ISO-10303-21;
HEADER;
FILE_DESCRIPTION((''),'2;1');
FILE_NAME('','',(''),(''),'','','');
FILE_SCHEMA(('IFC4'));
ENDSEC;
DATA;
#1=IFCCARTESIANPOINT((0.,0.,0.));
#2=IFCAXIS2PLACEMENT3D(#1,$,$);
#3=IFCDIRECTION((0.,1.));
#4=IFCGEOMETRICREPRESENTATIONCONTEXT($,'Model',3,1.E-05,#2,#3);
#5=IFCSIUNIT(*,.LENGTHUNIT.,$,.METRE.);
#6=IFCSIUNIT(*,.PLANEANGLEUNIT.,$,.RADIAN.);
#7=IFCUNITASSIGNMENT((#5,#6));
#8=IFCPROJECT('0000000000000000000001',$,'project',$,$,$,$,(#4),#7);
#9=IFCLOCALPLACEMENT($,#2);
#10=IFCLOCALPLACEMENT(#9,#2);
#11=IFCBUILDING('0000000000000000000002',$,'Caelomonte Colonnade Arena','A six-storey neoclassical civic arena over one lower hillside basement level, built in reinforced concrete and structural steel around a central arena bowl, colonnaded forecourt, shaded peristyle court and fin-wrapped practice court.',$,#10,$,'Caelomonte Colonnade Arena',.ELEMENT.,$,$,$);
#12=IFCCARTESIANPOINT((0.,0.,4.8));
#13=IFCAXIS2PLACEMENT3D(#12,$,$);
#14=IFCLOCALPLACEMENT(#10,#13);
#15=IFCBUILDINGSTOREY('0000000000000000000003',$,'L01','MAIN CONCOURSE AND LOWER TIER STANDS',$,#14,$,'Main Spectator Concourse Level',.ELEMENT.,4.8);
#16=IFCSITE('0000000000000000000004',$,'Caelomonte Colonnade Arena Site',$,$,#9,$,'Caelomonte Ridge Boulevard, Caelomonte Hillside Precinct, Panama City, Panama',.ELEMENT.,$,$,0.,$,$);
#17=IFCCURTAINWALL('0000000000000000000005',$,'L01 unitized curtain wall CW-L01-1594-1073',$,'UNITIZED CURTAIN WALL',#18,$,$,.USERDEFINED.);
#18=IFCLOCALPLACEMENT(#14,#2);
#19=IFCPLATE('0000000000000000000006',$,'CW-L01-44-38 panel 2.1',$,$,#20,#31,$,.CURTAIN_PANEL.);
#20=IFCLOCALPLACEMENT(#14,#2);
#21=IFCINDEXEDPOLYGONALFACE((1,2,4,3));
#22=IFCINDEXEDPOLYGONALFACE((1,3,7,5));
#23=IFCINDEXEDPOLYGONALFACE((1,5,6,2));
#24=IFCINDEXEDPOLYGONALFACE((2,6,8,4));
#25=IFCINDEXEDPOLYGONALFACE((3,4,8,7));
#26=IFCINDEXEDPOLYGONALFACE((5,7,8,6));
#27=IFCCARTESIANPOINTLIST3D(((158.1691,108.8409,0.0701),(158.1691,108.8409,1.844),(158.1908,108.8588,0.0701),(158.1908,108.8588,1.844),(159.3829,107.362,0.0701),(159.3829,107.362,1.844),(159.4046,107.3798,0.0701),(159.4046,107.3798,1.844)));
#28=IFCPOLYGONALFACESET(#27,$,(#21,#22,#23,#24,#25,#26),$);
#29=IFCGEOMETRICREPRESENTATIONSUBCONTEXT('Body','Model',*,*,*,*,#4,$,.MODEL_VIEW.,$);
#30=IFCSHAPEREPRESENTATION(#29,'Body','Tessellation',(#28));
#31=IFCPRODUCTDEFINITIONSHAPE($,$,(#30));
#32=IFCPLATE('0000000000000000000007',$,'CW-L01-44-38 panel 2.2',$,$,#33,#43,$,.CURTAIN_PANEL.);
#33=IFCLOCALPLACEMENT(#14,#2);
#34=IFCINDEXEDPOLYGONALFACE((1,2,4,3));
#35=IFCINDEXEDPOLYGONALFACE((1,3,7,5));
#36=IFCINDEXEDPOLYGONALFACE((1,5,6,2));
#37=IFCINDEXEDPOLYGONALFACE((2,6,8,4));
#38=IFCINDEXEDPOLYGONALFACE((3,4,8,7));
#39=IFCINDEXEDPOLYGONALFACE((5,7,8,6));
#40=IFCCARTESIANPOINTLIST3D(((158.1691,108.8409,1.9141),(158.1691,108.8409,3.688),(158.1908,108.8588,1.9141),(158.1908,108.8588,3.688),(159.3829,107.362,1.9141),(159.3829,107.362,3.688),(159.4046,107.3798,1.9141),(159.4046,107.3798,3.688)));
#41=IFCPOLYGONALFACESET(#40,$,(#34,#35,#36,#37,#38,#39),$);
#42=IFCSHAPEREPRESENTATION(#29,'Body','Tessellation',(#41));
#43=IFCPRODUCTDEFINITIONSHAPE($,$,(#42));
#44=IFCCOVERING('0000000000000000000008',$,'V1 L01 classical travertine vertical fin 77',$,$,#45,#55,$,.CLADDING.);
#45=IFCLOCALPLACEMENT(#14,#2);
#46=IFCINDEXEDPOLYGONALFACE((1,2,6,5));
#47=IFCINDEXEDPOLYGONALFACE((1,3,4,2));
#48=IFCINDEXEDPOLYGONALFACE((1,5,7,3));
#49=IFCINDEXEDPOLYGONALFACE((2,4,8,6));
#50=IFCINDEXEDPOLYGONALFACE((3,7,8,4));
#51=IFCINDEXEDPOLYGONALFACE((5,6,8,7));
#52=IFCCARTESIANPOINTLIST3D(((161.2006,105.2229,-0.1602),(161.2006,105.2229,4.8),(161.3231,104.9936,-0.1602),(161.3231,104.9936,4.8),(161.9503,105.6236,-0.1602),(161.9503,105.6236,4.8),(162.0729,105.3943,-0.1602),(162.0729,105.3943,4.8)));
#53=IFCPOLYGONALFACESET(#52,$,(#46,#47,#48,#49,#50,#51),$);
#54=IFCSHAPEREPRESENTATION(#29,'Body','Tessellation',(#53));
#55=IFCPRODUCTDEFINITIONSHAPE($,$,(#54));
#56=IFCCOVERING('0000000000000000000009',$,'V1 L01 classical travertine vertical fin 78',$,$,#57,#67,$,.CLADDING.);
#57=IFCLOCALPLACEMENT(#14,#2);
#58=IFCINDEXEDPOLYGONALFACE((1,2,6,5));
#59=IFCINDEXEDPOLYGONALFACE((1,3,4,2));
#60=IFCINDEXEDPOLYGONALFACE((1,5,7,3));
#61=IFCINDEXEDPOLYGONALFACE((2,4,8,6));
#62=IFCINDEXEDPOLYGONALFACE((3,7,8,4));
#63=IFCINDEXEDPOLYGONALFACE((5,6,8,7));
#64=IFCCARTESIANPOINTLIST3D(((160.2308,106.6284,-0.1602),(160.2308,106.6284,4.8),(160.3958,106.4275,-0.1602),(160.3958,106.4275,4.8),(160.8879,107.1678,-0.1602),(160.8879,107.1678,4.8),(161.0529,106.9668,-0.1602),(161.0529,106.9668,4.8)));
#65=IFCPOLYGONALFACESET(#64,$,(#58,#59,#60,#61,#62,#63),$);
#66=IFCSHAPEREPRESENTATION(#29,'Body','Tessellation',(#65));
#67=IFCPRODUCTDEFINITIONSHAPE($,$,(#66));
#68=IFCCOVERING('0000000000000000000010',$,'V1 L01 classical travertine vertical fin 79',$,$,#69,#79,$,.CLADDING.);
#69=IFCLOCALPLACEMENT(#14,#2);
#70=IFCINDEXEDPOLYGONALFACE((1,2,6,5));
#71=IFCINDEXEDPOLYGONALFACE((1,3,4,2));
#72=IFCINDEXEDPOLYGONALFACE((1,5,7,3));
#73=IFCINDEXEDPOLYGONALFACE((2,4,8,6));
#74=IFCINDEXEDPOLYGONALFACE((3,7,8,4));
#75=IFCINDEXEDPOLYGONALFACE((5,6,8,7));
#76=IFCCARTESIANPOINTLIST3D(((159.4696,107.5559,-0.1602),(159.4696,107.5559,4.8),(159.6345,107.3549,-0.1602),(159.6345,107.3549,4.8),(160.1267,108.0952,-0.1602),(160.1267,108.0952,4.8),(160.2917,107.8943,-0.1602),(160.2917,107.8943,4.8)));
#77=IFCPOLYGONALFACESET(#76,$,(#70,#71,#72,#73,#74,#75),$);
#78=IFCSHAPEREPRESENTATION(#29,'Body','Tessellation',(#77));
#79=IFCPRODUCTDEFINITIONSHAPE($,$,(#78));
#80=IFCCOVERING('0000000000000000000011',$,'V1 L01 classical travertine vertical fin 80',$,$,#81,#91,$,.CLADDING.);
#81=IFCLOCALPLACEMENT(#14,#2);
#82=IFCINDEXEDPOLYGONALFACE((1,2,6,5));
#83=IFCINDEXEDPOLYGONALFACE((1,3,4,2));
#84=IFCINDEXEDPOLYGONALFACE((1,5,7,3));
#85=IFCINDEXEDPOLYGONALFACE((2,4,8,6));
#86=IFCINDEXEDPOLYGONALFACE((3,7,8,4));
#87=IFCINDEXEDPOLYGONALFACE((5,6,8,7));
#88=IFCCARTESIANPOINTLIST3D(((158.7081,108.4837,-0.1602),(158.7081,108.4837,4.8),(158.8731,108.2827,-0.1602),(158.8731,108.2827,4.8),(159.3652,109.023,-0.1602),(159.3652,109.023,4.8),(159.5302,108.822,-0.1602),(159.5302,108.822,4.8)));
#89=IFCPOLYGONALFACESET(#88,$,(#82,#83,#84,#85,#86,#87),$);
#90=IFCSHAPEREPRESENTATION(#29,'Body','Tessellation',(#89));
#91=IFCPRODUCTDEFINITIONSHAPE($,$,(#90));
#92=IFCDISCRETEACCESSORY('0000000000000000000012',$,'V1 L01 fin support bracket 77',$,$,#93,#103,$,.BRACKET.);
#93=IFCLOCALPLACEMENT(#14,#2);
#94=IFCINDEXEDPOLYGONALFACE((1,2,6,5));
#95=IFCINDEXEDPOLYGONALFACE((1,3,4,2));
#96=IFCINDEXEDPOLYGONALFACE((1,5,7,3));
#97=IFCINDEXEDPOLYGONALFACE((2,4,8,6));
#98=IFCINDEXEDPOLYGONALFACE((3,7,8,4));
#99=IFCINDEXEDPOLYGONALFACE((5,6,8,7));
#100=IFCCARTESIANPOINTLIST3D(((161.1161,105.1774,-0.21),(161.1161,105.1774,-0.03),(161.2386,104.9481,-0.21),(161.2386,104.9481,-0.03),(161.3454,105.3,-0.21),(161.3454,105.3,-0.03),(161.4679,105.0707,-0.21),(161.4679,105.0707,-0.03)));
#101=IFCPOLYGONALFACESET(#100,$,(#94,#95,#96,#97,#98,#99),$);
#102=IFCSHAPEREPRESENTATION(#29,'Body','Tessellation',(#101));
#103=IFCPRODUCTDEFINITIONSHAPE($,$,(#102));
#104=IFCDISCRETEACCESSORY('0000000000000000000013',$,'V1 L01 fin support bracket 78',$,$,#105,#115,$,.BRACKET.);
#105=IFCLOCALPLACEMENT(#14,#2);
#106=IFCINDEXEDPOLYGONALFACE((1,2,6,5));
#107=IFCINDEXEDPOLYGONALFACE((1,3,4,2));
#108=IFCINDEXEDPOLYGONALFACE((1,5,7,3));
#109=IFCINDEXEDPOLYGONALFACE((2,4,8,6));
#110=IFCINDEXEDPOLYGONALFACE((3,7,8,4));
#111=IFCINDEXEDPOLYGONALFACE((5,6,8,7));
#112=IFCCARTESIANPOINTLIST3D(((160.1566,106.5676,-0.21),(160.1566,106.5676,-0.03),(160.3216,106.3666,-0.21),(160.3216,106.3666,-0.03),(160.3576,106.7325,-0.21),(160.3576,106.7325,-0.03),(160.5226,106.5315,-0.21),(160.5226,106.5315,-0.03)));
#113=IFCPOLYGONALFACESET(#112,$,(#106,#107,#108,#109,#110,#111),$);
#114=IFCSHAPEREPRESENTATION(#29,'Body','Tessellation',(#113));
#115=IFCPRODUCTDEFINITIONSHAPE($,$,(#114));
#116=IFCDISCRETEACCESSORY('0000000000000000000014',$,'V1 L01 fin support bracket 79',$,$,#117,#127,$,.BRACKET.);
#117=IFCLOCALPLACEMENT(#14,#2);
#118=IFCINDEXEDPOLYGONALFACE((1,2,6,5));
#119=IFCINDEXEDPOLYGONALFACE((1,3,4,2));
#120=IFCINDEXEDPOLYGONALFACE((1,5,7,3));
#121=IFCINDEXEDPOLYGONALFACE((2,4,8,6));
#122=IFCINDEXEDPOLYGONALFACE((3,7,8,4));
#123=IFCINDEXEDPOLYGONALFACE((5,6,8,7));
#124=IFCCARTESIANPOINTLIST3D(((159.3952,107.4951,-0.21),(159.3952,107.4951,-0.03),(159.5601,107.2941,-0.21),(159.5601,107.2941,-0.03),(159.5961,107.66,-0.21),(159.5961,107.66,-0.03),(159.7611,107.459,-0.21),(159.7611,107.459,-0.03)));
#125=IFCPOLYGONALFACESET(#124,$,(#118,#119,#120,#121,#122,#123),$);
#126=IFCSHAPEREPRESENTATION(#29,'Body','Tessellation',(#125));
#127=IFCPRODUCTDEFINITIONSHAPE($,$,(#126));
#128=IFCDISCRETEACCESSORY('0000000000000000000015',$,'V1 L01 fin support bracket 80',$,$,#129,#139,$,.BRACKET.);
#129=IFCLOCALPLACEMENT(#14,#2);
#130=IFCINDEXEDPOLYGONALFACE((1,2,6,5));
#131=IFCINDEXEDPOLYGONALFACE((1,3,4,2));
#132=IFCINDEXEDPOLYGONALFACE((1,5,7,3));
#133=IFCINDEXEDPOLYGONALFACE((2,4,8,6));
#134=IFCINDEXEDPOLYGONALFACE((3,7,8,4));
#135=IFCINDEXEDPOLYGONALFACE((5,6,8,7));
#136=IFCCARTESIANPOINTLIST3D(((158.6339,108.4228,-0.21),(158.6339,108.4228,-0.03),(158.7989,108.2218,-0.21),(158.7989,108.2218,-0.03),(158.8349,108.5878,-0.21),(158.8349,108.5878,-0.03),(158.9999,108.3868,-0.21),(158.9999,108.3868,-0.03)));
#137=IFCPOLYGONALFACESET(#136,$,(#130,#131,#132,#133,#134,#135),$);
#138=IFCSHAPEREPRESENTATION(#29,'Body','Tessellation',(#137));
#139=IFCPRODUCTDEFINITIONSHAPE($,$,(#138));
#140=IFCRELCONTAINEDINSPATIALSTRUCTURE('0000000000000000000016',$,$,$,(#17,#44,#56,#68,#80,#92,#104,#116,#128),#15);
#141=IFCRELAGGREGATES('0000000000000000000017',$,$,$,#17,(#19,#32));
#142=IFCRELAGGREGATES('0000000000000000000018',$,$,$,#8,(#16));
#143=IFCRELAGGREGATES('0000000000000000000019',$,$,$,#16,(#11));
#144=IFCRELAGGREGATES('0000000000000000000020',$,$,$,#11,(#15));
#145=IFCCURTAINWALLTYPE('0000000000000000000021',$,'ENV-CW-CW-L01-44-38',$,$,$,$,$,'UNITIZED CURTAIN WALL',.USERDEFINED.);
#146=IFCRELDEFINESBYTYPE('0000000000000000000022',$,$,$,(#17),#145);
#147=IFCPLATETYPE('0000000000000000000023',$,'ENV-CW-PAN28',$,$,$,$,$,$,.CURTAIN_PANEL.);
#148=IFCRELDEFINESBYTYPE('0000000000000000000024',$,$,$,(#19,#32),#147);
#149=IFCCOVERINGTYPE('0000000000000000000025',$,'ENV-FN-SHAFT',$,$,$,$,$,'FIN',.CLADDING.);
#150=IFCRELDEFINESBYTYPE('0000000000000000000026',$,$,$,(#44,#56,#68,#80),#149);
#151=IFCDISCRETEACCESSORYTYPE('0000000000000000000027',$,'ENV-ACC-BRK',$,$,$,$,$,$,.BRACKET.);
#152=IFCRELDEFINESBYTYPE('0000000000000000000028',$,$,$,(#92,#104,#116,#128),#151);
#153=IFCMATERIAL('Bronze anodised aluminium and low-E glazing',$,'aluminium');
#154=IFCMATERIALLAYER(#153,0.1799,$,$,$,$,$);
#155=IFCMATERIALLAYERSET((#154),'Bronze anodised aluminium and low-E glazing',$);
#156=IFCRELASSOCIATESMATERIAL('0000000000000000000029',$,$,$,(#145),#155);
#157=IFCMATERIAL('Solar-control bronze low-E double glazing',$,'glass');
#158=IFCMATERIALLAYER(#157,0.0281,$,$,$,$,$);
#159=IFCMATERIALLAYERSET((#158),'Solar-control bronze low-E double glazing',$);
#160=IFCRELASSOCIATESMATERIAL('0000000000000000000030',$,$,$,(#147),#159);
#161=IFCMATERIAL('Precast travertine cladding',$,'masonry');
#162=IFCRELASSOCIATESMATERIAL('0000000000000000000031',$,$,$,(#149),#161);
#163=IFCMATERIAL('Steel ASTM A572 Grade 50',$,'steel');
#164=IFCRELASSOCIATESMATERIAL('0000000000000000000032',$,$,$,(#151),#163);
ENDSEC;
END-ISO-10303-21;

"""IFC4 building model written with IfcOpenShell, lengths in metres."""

from ifc_helpers import new_model, si_unit, direction, frame, origin, origin_2d, place, context, subcontext, project, spatial, rectangle, extrude, material, layer, layer_set, material_profile, profile_set, type_object, element, aggregate, save


model = new_model("IFC4")

# Units and contexts
model_context = context("Model", 3, precision=1e-05, world=origin(), true_north=direction((0.0, 1.0)))
body_context = subcontext(model_context, "Body", "Model", "MODEL_VIEW")
ifc_project = project(units=[si_unit("LENGTHUNIT", "METRE"), si_unit("PLANEANGLEUNIT", "RADIAN")], contexts=[model_context])

# Site, building, storey
site_placement = place(None, origin())
site = spatial("IfcSite", under=ifc_project, at=site_placement, Name="Caelomonte Colonnade Arena Site", LongName="Caelomonte Ridge Boulevard, Caelomonte Hillside Precinct, Panama City, Panama", CompositionType="ELEMENT", RefElevation=0.0)
building_placement = place(site_placement, origin())
building = spatial("IfcBuilding", under=site, at=building_placement, Name="Caelomonte Colonnade Arena", Description="A six-storey neoclassical civic arena over one lower hillside basement level, built in reinforced concrete and structural steel around a central arena bowl, colonnaded forecourt, shaded peristyle court and fin-wrapped practice court.", LongName="Caelomonte Colonnade Arena", CompositionType="ELEMENT")
storey_placement = place(building_placement, frame((0.0, 0.0, 4.8)))
storey = spatial("IfcBuildingStorey", under=building, at=storey_placement, Name="L01", Description="MAIN CONCOURSE AND LOWER TIER STANDS", LongName="Main Spectator Concourse Level", CompositionType="ELEMENT", Elevation=4.8)

# Shared definitions
ifc_material_1 = material(Name="Bronze anodised aluminium and low-E glazing", Category="aluminium")
ifc_layer_1 = layer(ifc_material_1, 0.1799)
ifc_layer_set_1 = layer_set([ifc_layer_1], Name="Bronze anodised aluminium and low-E glazing")
curtain_wall_type = type_object("IfcCurtainWallType", Name="ENV-CW-CW-L01-44-38", ElementType="UNITIZED CURTAIN WALL", PredefinedType="USERDEFINED", material=ifc_layer_set_1)

# Curtain wall
curtain_wall_1_placement = place(storey_placement, origin())
curtain_wall_1 = element("IfcCurtainWall", 1, at=curtain_wall_1_placement, inside=storey, type_object=curtain_wall_type, Name="L01 unitized curtain wall CW-L01-1594-1073", ObjectType="UNITIZED CURTAIN WALL", PredefinedType="USERDEFINED")

# Plates
ifc_material_2 = material(Name="Solar-control bronze low-E double glazing", Category="glass")
ifc_layer_2 = layer(ifc_material_2, 0.0281)
ifc_layer_set_2 = layer_set([ifc_layer_2], Name="Solar-control bronze low-E double glazing")
plate_type = type_object("IfcPlateType", Name="ENV-CW-PAN28", PredefinedType="CURTAIN_PANEL", material=ifc_layer_set_2)
plate_1_placement = place(storey_placement, frame((158.7869, 108.1104, 0.0701), z_axis=(0.0, 0.0, 1.0), x_axis=(-0.634416, 0.772992, 0.0)))
plate_1 = element("IfcPlate", 2, at=plate_1_placement, type_object=plate_type, Name="CW-L01-44-38 panel 2.1", PredefinedType="CURTAIN_PANEL", context=body_context, shape_type="SweptSolid", body=[
    extrude(rectangle(XDim=1.9133, YDim=0.0281, at=origin_2d()), origin(), (0.0, 0.0, 1.0), 1.7739),
])
plate_2_placement = place(storey_placement, frame((158.7869, 108.1104, 1.9141), z_axis=(0.0, 0.0, 1.0), x_axis=(-0.634416, 0.772992, 0.0)))
plate_2 = element("IfcPlate", 3, at=plate_2_placement, type_object=plate_type, Name="CW-L01-44-38 panel 2.2", PredefinedType="CURTAIN_PANEL", context=body_context, shape_type="SweptSolid", body=[
    extrude(rectangle(XDim=1.9133, YDim=0.0281, at=origin_2d()), origin(), (0.0, 0.0, 1.0), 1.7739),
])
aggregate(curtain_wall_1, [plate_1, plate_2])

# Coverings
ifc_material_3 = material(Name="Precast travertine cladding", Category="masonry")
ifc_material_profile_1 = material_profile(ifc_material_3, rectangle(XDim=0.26, YDim=0.8501, at=origin_2d()), Name="FIN260X850")
ifc_profile_set_1 = profile_set([ifc_material_profile_1], Name="Precast travertine cladding")
covering_type = type_object("IfcCoveringType", Name="ENV-FN-SHAFT", ElementType="FIN", PredefinedType="CLADDING", material=ifc_profile_set_1)
for number, where, z_axis, x_axis, name in (
    (4, (161.6367, 105.3086, -0.1602), (0.0, 0.0, 1.0), (0.471397, -0.881921, 0.0), "V1 L01 classical travertine vertical fin 77"),
    (5, (160.6418, 106.7976, -0.1602), (0.0, 0.0, 1.0), (0.634414, -0.772994, 0.0), "V1 L01 classical travertine vertical fin 78"),
    (6, (159.8806, 107.7251, -0.1602), (0.0, 0.0, 1.0), (0.634414, -0.772994, 0.0), "V1 L01 classical travertine vertical fin 79"),
    (7, (159.1191, 108.6528, -0.1602), (0.0, 0.0, 1.0), (0.634414, -0.772994, 0.0), "V1 L01 classical travertine vertical fin 80"),
):
    element("IfcCovering", number, at=place(storey_placement, frame(where, z_axis=z_axis, x_axis=x_axis)), inside=storey, type_object=covering_type, Name=name, PredefinedType="CLADDING", context=body_context, shape_type="SweptSolid", body=[
        extrude(rectangle(XDim=0.26, YDim=0.8501, at=origin_2d()), origin(), (0.0, 0.0, 1.0), 4.9602),
    ])

# Discrete accessories
ifc_material_4 = material(Name="Steel ASTM A572 Grade 50", Category="steel")
discrete_accessory_type = type_object("IfcDiscreteAccessoryType", Name="ENV-ACC-BRK", PredefinedType="BRACKET", material=ifc_material_4)
for number, where, z_axis, x_axis, name in (
    (8, (161.292, 105.124, -0.21), (0.0, 0.0, 1.0), (-0.471397, 0.881921, 0.0), "V1 L01 fin support bracket 77"),
    (9, (160.3396, 106.5496, -0.21), (0.0, 0.0, 1.0), (-0.634414, 0.772994, 0.0), "V1 L01 fin support bracket 78"),
    (10, (159.5781, 107.4771, -0.21), (0.0, 0.0, 1.0), (-0.634414, 0.772994, 0.0), "V1 L01 fin support bracket 79"),
    (11, (158.8169, 108.4048, -0.21), (0.0, 0.0, 1.0), (-0.634414, 0.772994, 0.0), "V1 L01 fin support bracket 80"),
):
    element("IfcDiscreteAccessory", number, at=place(storey_placement, frame(where, z_axis=z_axis, x_axis=x_axis)), inside=storey, type_object=discrete_accessory_type, Name=name, PredefinedType="BRACKET", context=body_context, shape_type="SweptSolid", body=[
        extrude(rectangle(XDim=0.26, YDim=0.26, at=origin_2d()), origin(), (0.0, 0.0, 1.0), 0.1799),
    ])

save(model, "model.ifc")
